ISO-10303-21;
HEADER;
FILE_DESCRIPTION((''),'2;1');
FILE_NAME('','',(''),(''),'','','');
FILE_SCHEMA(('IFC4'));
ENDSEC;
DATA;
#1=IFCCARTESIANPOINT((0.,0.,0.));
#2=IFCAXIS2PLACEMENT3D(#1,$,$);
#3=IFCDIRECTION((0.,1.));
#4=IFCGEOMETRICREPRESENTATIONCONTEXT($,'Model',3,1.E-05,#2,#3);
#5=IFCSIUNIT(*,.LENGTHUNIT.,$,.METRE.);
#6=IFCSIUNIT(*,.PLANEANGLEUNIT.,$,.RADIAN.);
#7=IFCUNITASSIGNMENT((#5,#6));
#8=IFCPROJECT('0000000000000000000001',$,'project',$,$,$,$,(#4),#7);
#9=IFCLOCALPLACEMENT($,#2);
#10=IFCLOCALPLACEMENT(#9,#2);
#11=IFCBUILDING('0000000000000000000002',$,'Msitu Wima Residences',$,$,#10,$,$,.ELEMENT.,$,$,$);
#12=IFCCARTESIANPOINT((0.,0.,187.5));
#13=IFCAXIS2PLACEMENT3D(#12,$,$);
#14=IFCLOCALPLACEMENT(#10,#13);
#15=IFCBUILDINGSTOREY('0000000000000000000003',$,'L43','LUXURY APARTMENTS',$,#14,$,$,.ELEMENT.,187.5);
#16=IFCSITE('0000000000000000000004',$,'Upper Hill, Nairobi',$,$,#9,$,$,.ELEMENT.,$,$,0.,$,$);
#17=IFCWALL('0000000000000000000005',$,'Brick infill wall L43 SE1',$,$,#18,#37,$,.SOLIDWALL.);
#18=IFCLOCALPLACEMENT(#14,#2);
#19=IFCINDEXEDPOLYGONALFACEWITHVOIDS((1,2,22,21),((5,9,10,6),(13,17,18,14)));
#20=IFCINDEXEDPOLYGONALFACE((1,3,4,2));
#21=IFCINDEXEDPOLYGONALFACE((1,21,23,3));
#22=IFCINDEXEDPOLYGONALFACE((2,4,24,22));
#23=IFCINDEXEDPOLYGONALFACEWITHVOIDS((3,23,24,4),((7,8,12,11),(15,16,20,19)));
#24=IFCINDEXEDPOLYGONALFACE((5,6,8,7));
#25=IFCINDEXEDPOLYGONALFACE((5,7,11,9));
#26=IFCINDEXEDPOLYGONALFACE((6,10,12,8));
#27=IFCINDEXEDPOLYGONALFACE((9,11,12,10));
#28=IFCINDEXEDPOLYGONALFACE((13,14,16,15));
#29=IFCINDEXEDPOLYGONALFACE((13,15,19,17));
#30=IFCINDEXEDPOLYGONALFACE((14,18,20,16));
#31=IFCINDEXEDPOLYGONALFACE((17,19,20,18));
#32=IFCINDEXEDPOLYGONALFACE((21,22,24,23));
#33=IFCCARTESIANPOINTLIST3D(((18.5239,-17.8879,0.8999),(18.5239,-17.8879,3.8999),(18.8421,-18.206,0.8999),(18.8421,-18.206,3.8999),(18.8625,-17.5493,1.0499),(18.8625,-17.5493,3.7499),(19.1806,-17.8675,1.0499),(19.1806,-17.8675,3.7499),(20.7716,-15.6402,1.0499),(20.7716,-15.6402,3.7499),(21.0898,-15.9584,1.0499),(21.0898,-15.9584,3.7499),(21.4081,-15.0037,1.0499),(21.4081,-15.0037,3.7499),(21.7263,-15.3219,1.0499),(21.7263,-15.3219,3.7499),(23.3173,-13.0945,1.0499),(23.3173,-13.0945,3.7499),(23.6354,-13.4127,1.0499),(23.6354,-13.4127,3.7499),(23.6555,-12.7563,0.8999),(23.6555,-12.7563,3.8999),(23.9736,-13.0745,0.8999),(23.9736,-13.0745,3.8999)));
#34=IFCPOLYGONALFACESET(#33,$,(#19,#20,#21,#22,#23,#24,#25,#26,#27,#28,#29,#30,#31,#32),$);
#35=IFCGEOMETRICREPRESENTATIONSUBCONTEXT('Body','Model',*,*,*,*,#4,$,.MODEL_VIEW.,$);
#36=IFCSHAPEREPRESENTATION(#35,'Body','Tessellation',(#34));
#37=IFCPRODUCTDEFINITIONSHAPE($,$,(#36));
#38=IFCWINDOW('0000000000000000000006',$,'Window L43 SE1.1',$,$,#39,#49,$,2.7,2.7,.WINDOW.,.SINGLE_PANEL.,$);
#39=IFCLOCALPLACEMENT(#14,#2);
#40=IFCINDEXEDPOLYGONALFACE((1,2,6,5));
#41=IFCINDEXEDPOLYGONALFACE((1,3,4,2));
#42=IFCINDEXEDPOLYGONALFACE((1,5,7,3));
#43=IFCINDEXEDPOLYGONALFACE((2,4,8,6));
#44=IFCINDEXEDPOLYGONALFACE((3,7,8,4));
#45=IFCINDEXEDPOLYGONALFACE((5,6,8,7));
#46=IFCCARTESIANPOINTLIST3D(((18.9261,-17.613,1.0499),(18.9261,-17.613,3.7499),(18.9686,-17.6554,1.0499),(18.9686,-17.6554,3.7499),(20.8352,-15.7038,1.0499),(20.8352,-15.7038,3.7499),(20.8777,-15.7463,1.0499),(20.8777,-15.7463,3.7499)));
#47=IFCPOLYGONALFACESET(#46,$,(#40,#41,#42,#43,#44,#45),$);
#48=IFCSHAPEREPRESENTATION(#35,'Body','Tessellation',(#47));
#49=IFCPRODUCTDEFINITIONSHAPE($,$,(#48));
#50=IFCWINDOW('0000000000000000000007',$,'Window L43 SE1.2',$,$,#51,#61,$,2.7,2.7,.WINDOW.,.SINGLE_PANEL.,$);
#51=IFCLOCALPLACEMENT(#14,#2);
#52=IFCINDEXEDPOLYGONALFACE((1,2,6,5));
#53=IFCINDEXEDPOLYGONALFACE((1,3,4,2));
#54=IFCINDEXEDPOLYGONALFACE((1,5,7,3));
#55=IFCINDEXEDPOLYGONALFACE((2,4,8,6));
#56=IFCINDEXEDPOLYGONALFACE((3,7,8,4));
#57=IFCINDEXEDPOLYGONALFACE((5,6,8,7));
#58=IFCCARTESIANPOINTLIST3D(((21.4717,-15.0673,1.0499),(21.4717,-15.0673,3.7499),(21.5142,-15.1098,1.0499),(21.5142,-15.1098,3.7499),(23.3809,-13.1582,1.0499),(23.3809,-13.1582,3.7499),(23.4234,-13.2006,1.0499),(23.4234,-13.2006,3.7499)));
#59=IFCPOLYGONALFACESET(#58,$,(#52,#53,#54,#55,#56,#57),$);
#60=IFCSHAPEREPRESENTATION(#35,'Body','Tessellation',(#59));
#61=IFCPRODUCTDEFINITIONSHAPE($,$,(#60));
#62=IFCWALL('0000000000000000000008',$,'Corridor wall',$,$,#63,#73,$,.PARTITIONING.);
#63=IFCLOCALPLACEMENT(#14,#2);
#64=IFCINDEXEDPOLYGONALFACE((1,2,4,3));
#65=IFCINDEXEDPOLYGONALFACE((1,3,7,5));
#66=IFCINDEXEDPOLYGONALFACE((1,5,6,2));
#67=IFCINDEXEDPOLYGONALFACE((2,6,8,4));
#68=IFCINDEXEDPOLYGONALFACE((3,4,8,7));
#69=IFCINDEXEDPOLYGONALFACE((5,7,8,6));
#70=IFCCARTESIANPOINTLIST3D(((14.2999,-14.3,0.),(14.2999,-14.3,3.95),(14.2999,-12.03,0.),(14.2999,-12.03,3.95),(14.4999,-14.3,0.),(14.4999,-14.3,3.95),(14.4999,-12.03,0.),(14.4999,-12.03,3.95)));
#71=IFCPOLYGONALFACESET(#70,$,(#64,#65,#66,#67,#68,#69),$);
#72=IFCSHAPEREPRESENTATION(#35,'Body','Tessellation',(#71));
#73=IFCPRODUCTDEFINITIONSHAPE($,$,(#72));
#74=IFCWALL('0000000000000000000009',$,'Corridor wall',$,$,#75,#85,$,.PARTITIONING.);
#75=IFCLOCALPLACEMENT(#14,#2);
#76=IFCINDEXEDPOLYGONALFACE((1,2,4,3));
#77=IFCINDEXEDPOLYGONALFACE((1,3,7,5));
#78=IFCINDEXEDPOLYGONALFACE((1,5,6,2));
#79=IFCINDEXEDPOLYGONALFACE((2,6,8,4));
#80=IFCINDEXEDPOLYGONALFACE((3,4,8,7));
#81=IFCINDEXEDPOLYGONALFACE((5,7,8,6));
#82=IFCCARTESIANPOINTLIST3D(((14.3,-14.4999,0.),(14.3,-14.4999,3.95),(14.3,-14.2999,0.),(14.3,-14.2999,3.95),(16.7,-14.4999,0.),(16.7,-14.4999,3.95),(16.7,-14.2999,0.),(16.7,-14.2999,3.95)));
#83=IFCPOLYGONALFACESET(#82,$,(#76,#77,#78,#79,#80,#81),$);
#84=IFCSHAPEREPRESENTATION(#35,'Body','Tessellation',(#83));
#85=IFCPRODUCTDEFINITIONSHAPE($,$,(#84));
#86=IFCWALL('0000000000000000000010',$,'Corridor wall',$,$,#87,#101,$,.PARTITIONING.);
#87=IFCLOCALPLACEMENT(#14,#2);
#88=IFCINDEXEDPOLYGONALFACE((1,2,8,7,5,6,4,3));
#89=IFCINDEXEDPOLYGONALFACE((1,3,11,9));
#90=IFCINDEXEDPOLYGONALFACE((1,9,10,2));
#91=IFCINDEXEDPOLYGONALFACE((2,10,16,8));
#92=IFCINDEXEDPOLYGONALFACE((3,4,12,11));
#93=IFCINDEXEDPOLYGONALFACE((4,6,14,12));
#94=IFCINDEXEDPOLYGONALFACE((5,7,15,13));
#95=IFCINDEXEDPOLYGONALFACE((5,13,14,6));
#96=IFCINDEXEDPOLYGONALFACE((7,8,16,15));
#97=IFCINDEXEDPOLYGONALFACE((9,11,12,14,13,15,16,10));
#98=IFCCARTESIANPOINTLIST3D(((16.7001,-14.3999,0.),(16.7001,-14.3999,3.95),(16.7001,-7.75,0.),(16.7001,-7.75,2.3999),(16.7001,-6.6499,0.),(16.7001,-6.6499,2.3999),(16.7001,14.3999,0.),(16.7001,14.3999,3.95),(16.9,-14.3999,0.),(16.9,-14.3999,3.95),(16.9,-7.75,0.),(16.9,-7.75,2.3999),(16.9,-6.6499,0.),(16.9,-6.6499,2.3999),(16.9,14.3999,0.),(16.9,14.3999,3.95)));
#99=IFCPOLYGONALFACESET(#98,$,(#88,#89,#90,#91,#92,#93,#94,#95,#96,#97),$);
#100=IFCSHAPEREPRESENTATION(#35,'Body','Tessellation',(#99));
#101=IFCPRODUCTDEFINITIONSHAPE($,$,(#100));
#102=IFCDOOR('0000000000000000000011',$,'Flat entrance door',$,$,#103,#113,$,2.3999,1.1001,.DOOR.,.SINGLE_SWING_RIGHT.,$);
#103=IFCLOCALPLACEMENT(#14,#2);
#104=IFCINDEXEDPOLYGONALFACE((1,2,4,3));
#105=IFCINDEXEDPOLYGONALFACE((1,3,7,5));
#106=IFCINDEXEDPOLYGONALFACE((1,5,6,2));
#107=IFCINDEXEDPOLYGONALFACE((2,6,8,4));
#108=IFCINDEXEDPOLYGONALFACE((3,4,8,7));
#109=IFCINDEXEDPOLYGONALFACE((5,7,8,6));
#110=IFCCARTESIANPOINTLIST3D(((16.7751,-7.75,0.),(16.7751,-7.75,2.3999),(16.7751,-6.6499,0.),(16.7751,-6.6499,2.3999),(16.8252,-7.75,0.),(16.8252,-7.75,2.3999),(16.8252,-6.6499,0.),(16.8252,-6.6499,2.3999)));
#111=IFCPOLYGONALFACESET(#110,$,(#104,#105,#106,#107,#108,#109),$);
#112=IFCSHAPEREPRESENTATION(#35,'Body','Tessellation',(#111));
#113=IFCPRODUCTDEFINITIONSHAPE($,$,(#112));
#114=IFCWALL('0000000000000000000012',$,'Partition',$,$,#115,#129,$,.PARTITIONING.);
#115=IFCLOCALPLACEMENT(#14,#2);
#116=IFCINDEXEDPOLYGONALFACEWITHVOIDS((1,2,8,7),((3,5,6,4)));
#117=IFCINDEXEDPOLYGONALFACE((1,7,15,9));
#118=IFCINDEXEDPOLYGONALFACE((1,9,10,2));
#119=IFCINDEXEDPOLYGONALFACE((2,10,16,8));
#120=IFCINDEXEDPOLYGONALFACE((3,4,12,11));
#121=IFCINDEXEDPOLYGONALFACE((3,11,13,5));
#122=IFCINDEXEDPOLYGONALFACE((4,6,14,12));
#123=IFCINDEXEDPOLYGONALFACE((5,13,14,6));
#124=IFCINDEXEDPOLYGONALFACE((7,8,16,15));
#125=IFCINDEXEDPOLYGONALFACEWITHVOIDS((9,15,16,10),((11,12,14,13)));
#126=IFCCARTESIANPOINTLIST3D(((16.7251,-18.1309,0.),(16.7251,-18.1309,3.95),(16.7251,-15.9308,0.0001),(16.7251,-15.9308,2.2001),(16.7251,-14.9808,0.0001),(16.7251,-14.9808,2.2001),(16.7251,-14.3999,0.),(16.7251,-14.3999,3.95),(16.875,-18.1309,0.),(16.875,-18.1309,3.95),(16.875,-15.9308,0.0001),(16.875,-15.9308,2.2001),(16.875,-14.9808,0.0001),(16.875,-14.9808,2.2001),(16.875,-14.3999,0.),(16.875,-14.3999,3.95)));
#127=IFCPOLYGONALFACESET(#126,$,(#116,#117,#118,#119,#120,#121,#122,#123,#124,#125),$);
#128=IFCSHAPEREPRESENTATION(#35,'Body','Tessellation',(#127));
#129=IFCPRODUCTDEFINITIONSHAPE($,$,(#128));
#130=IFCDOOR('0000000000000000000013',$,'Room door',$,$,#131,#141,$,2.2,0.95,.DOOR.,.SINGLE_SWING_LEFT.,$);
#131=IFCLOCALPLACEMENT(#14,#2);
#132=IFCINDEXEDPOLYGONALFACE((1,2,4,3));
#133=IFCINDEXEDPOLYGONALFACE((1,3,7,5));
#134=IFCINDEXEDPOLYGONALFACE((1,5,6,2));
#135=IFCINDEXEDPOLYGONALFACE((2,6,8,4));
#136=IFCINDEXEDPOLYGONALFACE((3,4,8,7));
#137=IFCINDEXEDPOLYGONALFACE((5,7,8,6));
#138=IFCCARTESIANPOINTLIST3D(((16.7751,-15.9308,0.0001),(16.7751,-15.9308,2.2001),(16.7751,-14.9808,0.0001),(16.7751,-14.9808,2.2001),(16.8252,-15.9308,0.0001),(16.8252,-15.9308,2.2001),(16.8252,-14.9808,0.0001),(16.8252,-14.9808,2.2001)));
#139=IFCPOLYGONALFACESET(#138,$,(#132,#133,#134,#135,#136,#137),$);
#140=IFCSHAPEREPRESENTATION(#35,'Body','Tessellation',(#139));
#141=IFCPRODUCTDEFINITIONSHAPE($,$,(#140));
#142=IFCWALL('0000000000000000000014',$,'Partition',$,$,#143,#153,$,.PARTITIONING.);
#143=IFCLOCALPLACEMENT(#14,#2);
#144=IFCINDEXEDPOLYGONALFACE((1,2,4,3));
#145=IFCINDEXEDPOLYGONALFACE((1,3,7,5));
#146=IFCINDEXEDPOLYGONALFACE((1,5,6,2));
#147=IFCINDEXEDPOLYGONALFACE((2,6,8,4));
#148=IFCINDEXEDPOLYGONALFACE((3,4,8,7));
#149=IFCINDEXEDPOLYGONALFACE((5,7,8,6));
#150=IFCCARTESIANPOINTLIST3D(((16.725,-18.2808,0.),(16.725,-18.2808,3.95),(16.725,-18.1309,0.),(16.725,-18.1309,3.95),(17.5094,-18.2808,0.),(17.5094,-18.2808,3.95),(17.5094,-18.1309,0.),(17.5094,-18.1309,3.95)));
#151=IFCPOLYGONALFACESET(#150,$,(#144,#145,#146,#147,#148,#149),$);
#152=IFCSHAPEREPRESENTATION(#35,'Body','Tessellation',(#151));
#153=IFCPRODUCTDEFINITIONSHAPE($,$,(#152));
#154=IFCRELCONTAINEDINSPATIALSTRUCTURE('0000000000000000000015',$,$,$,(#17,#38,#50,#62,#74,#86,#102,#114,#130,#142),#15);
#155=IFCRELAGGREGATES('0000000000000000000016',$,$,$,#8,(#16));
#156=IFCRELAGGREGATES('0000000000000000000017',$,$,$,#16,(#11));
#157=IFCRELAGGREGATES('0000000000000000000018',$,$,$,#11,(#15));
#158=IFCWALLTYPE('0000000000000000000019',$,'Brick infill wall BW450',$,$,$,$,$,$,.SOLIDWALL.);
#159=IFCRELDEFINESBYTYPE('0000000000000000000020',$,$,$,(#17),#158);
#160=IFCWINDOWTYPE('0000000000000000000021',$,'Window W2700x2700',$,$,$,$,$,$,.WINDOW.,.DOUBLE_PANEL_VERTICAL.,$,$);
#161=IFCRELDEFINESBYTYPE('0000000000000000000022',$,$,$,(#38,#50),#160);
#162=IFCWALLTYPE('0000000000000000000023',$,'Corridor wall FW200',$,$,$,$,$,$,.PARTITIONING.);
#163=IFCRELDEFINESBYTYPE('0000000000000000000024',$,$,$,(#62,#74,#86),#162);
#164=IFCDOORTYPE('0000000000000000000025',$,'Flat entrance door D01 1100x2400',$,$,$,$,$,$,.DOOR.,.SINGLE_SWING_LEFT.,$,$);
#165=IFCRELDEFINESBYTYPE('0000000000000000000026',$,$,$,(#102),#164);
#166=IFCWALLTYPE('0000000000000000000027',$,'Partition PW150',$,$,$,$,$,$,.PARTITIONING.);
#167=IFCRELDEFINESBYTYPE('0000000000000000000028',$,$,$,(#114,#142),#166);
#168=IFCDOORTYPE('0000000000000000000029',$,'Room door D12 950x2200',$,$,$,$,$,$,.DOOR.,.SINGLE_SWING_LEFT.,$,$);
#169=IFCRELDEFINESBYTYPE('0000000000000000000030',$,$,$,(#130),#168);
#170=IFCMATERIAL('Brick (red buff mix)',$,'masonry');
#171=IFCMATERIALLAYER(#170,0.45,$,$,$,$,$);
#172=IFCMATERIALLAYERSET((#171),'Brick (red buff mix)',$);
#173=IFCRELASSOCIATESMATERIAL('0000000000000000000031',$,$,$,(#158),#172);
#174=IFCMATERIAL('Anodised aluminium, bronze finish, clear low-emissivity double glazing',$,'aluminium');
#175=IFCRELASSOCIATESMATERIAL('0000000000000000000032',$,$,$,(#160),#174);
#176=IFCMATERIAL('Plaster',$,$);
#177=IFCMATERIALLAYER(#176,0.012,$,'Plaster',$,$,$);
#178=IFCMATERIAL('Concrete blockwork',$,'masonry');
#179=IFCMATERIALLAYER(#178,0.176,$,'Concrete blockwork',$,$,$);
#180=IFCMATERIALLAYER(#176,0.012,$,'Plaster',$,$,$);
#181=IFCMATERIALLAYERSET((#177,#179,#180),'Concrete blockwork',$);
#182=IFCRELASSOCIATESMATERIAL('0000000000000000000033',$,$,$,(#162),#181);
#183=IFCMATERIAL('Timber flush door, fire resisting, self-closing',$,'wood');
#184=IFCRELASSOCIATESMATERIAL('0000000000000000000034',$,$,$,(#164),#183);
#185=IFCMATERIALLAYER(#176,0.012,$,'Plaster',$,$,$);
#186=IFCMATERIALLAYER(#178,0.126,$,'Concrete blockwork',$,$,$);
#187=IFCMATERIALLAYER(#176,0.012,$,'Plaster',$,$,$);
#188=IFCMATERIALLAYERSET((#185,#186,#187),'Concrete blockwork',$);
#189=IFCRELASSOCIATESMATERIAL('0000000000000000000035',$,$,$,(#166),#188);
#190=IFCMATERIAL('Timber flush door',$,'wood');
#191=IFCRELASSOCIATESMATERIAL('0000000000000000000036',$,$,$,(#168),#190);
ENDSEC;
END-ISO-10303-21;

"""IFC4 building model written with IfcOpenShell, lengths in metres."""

from ifc_helpers import new_model, si_unit, direction, frame, frame_2d, origin, place, context, subcontext, project, spatial, rectangle, extrude, material, layer, layer_set, type_object, element, fill, save


model = new_model("IFC4")

# Units and contexts
model_context = context("Model", 3, precision=1e-05, world=origin(), true_north=direction((0.0, 1.0)))
body_context = subcontext(model_context, "Body", "Model", "MODEL_VIEW")
ifc_project = project(units=[si_unit("LENGTHUNIT", "METRE"), si_unit("PLANEANGLEUNIT", "RADIAN")], contexts=[model_context])

# Site, building, storey
site_placement = place(None, origin())
site = spatial("IfcSite", under=ifc_project, at=site_placement, Name="Upper Hill, Nairobi", CompositionType="ELEMENT", RefElevation=0.0)
building_placement = place(site_placement, origin())
building = spatial("IfcBuilding", under=site, at=building_placement, Name="Msitu Wima Residences", CompositionType="ELEMENT")
storey_placement = place(building_placement, frame((0.0, 0.0, 187.5)))
storey = spatial("IfcBuildingStorey", under=building, at=storey_placement, Name="L43", Description="LUXURY APARTMENTS", CompositionType="ELEMENT", Elevation=187.5)

# Shared definitions
ifc_material_1 = material(Name="Brick (red buff mix)", Category="masonry")
ifc_layer_1 = layer(ifc_material_1, 0.45)
ifc_layer_set_1 = layer_set([ifc_layer_1], Name="Brick (red buff mix)")
wall_type_1 = type_object("IfcWallType", Name="Brick infill wall BW450", PredefinedType="SOLIDWALL", material=ifc_layer_set_1)
ifc_material_2 = material(Name="Anodised aluminium, bronze finish, clear low-emissivity double glazing", Category="aluminium")
window_type = type_object("IfcWindowType", Name="Window W2700x2700", PartitioningType="DOUBLE_PANEL_VERTICAL", PredefinedType="WINDOW", material=ifc_material_2)

# Wall, openings, windows
wall_1_placement = place(storey_placement, frame((18.6831, -18.0469, 0.8999), z_axis=(0.0, 0.0, 1.0), x_axis=(0.707107, 0.707107, 0.0)))
wall_1 = element("IfcWall", 1, at=wall_1_placement, inside=storey, type_object=wall_type_1, Name="Brick infill wall L43 SE1", PredefinedType="SOLIDWALL", context=body_context, shape_type="SweptSolid", body=[
    extrude(rectangle(XDim=7.2571, YDim=0.45, at=frame_2d((3.6284, 0.0))), origin(), (0.0, 0.0, 1.0), 3.0),
])
opening_1_placement = place(wall_1_placement, frame((0.4785, 0.0, 0.1499)))
opening_1 = element("IfcOpeningElement", 2, at=opening_1_placement, cuts=wall_1, PredefinedType="OPENING", context=body_context, shape_type="SweptSolid", body=[
    extrude(rectangle(XDim=2.7, YDim=2.7, at=frame_2d((1.3501, 1.3501))), frame((0.0, 0.2349, 0.0), z_axis=(0.0, -1.0, 0.0), x_axis=(1.0, 0.0, 0.0)), (0.0, 0.0, 1.0), 0.47),
])
opening_2_placement = place(wall_1_placement, frame((4.0786, 0.0, 0.1499)))
opening_2 = element("IfcOpeningElement", 3, at=opening_2_placement, cuts=wall_1, PredefinedType="OPENING", context=body_context, shape_type="SweptSolid", body=[
    extrude(rectangle(XDim=2.7, YDim=2.7, at=frame_2d((1.3501, 1.3501))), frame((0.0, 0.2349, 0.0), z_axis=(0.0, -1.0, 0.0), x_axis=(1.0, 0.0, 0.0)), (0.0, 0.0, 1.0), 0.47),
])
window_1_placement = place(opening_1_placement, origin())
window_1 = element("IfcWindow", 4, at=window_1_placement, inside=storey, type_object=window_type, Name="Window L43 SE1.1", OverallHeight=2.7, OverallWidth=2.7, PartitioningType="SINGLE_PANEL", PredefinedType="WINDOW", context=body_context, shape_type="SweptSolid", body=[
    extrude(rectangle(XDim=2.7, YDim=2.7, at=frame_2d((1.3501, 1.3501))), frame((0.0, 0.135, 0.0), z_axis=(0.0, -1.0, 0.0), x_axis=(1.0, 0.0, 0.0)), (0.0, 0.0, 1.0), 0.0601),
])
fill(opening_1, window_1)
window_2_placement = place(opening_2_placement, origin())
window_2 = element("IfcWindow", 5, at=window_2_placement, inside=storey, type_object=window_type, Name="Window L43 SE1.2", OverallHeight=2.7, OverallWidth=2.7, PartitioningType="SINGLE_PANEL", PredefinedType="WINDOW", context=body_context, shape_type="SweptSolid", body=[
    extrude(rectangle(XDim=2.7, YDim=2.7, at=frame_2d((1.3501, 1.3501))), frame((0.0, 0.135, 0.0), z_axis=(0.0, -1.0, 0.0), x_axis=(1.0, 0.0, 0.0)), (0.0, 0.0, 1.0), 0.0601),
])
fill(opening_2, window_2)

# Walls
ifc_material_3 = material(Name="Plaster")
ifc_layer_2 = layer(ifc_material_3, 0.012, Name="Plaster")
ifc_material_4 = material(Name="Concrete blockwork", Category="masonry")
ifc_layer_3 = layer(ifc_material_4, 0.176, Name="Concrete blockwork")
ifc_layer_4 = layer(ifc_material_3, 0.012, Name="Plaster")
ifc_layer_set_2 = layer_set([ifc_layer_2, ifc_layer_3, ifc_layer_4], Name="Concrete blockwork")
wall_type_2 = type_object("IfcWallType", Name="Corridor wall FW200", PredefinedType="PARTITIONING", material=ifc_layer_set_2)
wall_2_placement = place(storey_placement, frame((14.3999, -14.3, 0.0), z_axis=(0.0, 0.0, 1.0), x_axis=(0.0, 1.0, 0.0)))
element("IfcWall", 6, at=wall_2_placement, inside=storey, type_object=wall_type_2, Name="Corridor wall", PredefinedType="PARTITIONING", context=body_context, shape_type="SweptSolid", body=[
    extrude(rectangle(XDim=2.27, YDim=0.2, at=frame_2d((1.135, 0.0))), origin(), (0.0, 0.0, 1.0), 3.95),
])
wall_3_placement = place(storey_placement, frame((14.3, -14.3999, 0.0), z_axis=(0.0, 0.0, 1.0), x_axis=(1.0, 0.0, 0.0)))
element("IfcWall", 7, at=wall_3_placement, inside=storey, type_object=wall_type_2, Name="Corridor wall", PredefinedType="PARTITIONING", context=body_context, shape_type="SweptSolid", body=[
    extrude(rectangle(XDim=2.3999, YDim=0.2, at=frame_2d((1.2, 0.0))), origin(), (0.0, 0.0, 1.0), 3.95),
])

# Walls, openings, doors
wall_4_placement = place(storey_placement, frame((16.8, -14.3999, 0.0), z_axis=(0.0, 0.0, 1.0), x_axis=(0.0, 1.0, 0.0)))
wall_4 = element("IfcWall", 8, at=wall_4_placement, inside=storey, type_object=wall_type_2, Name="Corridor wall", PredefinedType="PARTITIONING", context=body_context, shape_type="SweptSolid", body=[
    extrude(rectangle(XDim=28.7998, YDim=0.2, at=frame_2d((14.3999, 0.0))), origin(), (0.0, 0.0, 1.0), 3.95),
])
opening_3_placement = place(wall_4_placement, frame((6.6499, 0.0, 0.0)))
opening_3 = element("IfcOpeningElement", 9, at=opening_3_placement, cuts=wall_4, PredefinedType="OPENING", context=body_context, shape_type="SweptSolid", body=[
    extrude(rectangle(XDim=1.1001, YDim=2.3999, at=frame_2d((0.55, 1.2))), frame((0.0, 0.1099, 0.0), z_axis=(0.0, -1.0, 0.0), x_axis=(1.0, 0.0, 0.0)), (0.0, 0.0, 1.0), 0.22),
])
ifc_material_5 = material(Name="Timber flush door, fire resisting, self-closing", Category="wood")
door_type_1 = type_object("IfcDoorType", Name="Flat entrance door D01 1100x2400", OperationType="SINGLE_SWING_LEFT", PredefinedType="DOOR", material=ifc_material_5)
door_1_placement = place(opening_3_placement, origin())
door_1 = element("IfcDoor", 10, at=door_1_placement, inside=storey, type_object=door_type_1, Name="Flat entrance door", OperationType="SINGLE_SWING_RIGHT", OverallHeight=2.3999, OverallWidth=1.1001, PredefinedType="DOOR", context=body_context, shape_type="SweptSolid", body=[
    extrude(rectangle(XDim=1.1001, YDim=2.3999, at=frame_2d((0.55, 1.2))), frame((0.0, 0.0249, 0.0), z_axis=(0.0, -1.0, 0.0), x_axis=(1.0, 0.0, 0.0)), (0.0, 0.0, 1.0), 0.05),
])
fill(opening_3, door_1)
ifc_layer_5 = layer(ifc_material_3, 0.012, Name="Plaster")
ifc_layer_6 = layer(ifc_material_4, 0.126, Name="Concrete blockwork")
ifc_layer_7 = layer(ifc_material_3, 0.012, Name="Plaster")
ifc_layer_set_3 = layer_set([ifc_layer_5, ifc_layer_6, ifc_layer_7], Name="Concrete blockwork")
wall_type_3 = type_object("IfcWallType", Name="Partition PW150", PredefinedType="PARTITIONING", material=ifc_layer_set_3)
wall_5_placement = place(storey_placement, frame((16.8, -18.1309, 0.0), z_axis=(0.0, 0.0, 1.0), x_axis=(0.0, 1.0, 0.0)))
wall_5 = element("IfcWall", 11, at=wall_5_placement, inside=storey, type_object=wall_type_3, Name="Partition", PredefinedType="PARTITIONING", context=body_context, shape_type="SweptSolid", body=[
    extrude(rectangle(XDim=3.731, YDim=0.1499, at=frame_2d((1.8655, 0.0))), origin(), (0.0, 0.0, 1.0), 3.95),
])
opening_4_placement = place(wall_5_placement, frame((2.2, 0.0, 0.0)))
opening_4 = element("IfcOpeningElement", 12, at=opening_4_placement, cuts=wall_5, PredefinedType="OPENING", context=body_context, shape_type="SweptSolid", body=[
    extrude(rectangle(XDim=0.95, YDim=2.2, at=frame_2d((0.4751, 1.1001))), frame((0.0, 0.085, 0.0), z_axis=(0.0, -1.0, 0.0), x_axis=(1.0, 0.0, 0.0)), (0.0, 0.0, 1.0), 0.1699),
])
ifc_material_6 = material(Name="Timber flush door", Category="wood")
door_type_2 = type_object("IfcDoorType", Name="Room door D12 950x2200", OperationType="SINGLE_SWING_LEFT", PredefinedType="DOOR", material=ifc_material_6)
door_2_placement = place(opening_4_placement, origin())
door_2 = element("IfcDoor", 13, at=door_2_placement, inside=storey, type_object=door_type_2, Name="Room door", OperationType="SINGLE_SWING_LEFT", OverallHeight=2.2, OverallWidth=0.95, PredefinedType="DOOR", context=body_context, shape_type="SweptSolid", body=[
    extrude(rectangle(XDim=0.95, YDim=2.2, at=frame_2d((0.4751, 1.1001))), frame((0.0, 0.0249, 0.0), z_axis=(0.0, -1.0, 0.0), x_axis=(1.0, 0.0, 0.0)), (0.0, 0.0, 1.0), 0.05),
])
fill(opening_4, door_2)

# Wall
wall_6_placement = place(storey_placement, frame((16.7251, -18.2058, 0.0), z_axis=(0.0, 0.0, 1.0), x_axis=(1.0, 0.0, 0.0)))
element("IfcWall", 14, at=wall_6_placement, inside=storey, type_object=wall_type_3, Name="Partition", PredefinedType="PARTITIONING", context=body_context, shape_type="SweptSolid", body=[
    extrude(rectangle(XDim=0.7844, YDim=0.1499, at=frame_2d((0.3921, 0.0))), origin(), (0.0, 0.0, 1.0), 3.95),
])

save(model, "model.ifc")
